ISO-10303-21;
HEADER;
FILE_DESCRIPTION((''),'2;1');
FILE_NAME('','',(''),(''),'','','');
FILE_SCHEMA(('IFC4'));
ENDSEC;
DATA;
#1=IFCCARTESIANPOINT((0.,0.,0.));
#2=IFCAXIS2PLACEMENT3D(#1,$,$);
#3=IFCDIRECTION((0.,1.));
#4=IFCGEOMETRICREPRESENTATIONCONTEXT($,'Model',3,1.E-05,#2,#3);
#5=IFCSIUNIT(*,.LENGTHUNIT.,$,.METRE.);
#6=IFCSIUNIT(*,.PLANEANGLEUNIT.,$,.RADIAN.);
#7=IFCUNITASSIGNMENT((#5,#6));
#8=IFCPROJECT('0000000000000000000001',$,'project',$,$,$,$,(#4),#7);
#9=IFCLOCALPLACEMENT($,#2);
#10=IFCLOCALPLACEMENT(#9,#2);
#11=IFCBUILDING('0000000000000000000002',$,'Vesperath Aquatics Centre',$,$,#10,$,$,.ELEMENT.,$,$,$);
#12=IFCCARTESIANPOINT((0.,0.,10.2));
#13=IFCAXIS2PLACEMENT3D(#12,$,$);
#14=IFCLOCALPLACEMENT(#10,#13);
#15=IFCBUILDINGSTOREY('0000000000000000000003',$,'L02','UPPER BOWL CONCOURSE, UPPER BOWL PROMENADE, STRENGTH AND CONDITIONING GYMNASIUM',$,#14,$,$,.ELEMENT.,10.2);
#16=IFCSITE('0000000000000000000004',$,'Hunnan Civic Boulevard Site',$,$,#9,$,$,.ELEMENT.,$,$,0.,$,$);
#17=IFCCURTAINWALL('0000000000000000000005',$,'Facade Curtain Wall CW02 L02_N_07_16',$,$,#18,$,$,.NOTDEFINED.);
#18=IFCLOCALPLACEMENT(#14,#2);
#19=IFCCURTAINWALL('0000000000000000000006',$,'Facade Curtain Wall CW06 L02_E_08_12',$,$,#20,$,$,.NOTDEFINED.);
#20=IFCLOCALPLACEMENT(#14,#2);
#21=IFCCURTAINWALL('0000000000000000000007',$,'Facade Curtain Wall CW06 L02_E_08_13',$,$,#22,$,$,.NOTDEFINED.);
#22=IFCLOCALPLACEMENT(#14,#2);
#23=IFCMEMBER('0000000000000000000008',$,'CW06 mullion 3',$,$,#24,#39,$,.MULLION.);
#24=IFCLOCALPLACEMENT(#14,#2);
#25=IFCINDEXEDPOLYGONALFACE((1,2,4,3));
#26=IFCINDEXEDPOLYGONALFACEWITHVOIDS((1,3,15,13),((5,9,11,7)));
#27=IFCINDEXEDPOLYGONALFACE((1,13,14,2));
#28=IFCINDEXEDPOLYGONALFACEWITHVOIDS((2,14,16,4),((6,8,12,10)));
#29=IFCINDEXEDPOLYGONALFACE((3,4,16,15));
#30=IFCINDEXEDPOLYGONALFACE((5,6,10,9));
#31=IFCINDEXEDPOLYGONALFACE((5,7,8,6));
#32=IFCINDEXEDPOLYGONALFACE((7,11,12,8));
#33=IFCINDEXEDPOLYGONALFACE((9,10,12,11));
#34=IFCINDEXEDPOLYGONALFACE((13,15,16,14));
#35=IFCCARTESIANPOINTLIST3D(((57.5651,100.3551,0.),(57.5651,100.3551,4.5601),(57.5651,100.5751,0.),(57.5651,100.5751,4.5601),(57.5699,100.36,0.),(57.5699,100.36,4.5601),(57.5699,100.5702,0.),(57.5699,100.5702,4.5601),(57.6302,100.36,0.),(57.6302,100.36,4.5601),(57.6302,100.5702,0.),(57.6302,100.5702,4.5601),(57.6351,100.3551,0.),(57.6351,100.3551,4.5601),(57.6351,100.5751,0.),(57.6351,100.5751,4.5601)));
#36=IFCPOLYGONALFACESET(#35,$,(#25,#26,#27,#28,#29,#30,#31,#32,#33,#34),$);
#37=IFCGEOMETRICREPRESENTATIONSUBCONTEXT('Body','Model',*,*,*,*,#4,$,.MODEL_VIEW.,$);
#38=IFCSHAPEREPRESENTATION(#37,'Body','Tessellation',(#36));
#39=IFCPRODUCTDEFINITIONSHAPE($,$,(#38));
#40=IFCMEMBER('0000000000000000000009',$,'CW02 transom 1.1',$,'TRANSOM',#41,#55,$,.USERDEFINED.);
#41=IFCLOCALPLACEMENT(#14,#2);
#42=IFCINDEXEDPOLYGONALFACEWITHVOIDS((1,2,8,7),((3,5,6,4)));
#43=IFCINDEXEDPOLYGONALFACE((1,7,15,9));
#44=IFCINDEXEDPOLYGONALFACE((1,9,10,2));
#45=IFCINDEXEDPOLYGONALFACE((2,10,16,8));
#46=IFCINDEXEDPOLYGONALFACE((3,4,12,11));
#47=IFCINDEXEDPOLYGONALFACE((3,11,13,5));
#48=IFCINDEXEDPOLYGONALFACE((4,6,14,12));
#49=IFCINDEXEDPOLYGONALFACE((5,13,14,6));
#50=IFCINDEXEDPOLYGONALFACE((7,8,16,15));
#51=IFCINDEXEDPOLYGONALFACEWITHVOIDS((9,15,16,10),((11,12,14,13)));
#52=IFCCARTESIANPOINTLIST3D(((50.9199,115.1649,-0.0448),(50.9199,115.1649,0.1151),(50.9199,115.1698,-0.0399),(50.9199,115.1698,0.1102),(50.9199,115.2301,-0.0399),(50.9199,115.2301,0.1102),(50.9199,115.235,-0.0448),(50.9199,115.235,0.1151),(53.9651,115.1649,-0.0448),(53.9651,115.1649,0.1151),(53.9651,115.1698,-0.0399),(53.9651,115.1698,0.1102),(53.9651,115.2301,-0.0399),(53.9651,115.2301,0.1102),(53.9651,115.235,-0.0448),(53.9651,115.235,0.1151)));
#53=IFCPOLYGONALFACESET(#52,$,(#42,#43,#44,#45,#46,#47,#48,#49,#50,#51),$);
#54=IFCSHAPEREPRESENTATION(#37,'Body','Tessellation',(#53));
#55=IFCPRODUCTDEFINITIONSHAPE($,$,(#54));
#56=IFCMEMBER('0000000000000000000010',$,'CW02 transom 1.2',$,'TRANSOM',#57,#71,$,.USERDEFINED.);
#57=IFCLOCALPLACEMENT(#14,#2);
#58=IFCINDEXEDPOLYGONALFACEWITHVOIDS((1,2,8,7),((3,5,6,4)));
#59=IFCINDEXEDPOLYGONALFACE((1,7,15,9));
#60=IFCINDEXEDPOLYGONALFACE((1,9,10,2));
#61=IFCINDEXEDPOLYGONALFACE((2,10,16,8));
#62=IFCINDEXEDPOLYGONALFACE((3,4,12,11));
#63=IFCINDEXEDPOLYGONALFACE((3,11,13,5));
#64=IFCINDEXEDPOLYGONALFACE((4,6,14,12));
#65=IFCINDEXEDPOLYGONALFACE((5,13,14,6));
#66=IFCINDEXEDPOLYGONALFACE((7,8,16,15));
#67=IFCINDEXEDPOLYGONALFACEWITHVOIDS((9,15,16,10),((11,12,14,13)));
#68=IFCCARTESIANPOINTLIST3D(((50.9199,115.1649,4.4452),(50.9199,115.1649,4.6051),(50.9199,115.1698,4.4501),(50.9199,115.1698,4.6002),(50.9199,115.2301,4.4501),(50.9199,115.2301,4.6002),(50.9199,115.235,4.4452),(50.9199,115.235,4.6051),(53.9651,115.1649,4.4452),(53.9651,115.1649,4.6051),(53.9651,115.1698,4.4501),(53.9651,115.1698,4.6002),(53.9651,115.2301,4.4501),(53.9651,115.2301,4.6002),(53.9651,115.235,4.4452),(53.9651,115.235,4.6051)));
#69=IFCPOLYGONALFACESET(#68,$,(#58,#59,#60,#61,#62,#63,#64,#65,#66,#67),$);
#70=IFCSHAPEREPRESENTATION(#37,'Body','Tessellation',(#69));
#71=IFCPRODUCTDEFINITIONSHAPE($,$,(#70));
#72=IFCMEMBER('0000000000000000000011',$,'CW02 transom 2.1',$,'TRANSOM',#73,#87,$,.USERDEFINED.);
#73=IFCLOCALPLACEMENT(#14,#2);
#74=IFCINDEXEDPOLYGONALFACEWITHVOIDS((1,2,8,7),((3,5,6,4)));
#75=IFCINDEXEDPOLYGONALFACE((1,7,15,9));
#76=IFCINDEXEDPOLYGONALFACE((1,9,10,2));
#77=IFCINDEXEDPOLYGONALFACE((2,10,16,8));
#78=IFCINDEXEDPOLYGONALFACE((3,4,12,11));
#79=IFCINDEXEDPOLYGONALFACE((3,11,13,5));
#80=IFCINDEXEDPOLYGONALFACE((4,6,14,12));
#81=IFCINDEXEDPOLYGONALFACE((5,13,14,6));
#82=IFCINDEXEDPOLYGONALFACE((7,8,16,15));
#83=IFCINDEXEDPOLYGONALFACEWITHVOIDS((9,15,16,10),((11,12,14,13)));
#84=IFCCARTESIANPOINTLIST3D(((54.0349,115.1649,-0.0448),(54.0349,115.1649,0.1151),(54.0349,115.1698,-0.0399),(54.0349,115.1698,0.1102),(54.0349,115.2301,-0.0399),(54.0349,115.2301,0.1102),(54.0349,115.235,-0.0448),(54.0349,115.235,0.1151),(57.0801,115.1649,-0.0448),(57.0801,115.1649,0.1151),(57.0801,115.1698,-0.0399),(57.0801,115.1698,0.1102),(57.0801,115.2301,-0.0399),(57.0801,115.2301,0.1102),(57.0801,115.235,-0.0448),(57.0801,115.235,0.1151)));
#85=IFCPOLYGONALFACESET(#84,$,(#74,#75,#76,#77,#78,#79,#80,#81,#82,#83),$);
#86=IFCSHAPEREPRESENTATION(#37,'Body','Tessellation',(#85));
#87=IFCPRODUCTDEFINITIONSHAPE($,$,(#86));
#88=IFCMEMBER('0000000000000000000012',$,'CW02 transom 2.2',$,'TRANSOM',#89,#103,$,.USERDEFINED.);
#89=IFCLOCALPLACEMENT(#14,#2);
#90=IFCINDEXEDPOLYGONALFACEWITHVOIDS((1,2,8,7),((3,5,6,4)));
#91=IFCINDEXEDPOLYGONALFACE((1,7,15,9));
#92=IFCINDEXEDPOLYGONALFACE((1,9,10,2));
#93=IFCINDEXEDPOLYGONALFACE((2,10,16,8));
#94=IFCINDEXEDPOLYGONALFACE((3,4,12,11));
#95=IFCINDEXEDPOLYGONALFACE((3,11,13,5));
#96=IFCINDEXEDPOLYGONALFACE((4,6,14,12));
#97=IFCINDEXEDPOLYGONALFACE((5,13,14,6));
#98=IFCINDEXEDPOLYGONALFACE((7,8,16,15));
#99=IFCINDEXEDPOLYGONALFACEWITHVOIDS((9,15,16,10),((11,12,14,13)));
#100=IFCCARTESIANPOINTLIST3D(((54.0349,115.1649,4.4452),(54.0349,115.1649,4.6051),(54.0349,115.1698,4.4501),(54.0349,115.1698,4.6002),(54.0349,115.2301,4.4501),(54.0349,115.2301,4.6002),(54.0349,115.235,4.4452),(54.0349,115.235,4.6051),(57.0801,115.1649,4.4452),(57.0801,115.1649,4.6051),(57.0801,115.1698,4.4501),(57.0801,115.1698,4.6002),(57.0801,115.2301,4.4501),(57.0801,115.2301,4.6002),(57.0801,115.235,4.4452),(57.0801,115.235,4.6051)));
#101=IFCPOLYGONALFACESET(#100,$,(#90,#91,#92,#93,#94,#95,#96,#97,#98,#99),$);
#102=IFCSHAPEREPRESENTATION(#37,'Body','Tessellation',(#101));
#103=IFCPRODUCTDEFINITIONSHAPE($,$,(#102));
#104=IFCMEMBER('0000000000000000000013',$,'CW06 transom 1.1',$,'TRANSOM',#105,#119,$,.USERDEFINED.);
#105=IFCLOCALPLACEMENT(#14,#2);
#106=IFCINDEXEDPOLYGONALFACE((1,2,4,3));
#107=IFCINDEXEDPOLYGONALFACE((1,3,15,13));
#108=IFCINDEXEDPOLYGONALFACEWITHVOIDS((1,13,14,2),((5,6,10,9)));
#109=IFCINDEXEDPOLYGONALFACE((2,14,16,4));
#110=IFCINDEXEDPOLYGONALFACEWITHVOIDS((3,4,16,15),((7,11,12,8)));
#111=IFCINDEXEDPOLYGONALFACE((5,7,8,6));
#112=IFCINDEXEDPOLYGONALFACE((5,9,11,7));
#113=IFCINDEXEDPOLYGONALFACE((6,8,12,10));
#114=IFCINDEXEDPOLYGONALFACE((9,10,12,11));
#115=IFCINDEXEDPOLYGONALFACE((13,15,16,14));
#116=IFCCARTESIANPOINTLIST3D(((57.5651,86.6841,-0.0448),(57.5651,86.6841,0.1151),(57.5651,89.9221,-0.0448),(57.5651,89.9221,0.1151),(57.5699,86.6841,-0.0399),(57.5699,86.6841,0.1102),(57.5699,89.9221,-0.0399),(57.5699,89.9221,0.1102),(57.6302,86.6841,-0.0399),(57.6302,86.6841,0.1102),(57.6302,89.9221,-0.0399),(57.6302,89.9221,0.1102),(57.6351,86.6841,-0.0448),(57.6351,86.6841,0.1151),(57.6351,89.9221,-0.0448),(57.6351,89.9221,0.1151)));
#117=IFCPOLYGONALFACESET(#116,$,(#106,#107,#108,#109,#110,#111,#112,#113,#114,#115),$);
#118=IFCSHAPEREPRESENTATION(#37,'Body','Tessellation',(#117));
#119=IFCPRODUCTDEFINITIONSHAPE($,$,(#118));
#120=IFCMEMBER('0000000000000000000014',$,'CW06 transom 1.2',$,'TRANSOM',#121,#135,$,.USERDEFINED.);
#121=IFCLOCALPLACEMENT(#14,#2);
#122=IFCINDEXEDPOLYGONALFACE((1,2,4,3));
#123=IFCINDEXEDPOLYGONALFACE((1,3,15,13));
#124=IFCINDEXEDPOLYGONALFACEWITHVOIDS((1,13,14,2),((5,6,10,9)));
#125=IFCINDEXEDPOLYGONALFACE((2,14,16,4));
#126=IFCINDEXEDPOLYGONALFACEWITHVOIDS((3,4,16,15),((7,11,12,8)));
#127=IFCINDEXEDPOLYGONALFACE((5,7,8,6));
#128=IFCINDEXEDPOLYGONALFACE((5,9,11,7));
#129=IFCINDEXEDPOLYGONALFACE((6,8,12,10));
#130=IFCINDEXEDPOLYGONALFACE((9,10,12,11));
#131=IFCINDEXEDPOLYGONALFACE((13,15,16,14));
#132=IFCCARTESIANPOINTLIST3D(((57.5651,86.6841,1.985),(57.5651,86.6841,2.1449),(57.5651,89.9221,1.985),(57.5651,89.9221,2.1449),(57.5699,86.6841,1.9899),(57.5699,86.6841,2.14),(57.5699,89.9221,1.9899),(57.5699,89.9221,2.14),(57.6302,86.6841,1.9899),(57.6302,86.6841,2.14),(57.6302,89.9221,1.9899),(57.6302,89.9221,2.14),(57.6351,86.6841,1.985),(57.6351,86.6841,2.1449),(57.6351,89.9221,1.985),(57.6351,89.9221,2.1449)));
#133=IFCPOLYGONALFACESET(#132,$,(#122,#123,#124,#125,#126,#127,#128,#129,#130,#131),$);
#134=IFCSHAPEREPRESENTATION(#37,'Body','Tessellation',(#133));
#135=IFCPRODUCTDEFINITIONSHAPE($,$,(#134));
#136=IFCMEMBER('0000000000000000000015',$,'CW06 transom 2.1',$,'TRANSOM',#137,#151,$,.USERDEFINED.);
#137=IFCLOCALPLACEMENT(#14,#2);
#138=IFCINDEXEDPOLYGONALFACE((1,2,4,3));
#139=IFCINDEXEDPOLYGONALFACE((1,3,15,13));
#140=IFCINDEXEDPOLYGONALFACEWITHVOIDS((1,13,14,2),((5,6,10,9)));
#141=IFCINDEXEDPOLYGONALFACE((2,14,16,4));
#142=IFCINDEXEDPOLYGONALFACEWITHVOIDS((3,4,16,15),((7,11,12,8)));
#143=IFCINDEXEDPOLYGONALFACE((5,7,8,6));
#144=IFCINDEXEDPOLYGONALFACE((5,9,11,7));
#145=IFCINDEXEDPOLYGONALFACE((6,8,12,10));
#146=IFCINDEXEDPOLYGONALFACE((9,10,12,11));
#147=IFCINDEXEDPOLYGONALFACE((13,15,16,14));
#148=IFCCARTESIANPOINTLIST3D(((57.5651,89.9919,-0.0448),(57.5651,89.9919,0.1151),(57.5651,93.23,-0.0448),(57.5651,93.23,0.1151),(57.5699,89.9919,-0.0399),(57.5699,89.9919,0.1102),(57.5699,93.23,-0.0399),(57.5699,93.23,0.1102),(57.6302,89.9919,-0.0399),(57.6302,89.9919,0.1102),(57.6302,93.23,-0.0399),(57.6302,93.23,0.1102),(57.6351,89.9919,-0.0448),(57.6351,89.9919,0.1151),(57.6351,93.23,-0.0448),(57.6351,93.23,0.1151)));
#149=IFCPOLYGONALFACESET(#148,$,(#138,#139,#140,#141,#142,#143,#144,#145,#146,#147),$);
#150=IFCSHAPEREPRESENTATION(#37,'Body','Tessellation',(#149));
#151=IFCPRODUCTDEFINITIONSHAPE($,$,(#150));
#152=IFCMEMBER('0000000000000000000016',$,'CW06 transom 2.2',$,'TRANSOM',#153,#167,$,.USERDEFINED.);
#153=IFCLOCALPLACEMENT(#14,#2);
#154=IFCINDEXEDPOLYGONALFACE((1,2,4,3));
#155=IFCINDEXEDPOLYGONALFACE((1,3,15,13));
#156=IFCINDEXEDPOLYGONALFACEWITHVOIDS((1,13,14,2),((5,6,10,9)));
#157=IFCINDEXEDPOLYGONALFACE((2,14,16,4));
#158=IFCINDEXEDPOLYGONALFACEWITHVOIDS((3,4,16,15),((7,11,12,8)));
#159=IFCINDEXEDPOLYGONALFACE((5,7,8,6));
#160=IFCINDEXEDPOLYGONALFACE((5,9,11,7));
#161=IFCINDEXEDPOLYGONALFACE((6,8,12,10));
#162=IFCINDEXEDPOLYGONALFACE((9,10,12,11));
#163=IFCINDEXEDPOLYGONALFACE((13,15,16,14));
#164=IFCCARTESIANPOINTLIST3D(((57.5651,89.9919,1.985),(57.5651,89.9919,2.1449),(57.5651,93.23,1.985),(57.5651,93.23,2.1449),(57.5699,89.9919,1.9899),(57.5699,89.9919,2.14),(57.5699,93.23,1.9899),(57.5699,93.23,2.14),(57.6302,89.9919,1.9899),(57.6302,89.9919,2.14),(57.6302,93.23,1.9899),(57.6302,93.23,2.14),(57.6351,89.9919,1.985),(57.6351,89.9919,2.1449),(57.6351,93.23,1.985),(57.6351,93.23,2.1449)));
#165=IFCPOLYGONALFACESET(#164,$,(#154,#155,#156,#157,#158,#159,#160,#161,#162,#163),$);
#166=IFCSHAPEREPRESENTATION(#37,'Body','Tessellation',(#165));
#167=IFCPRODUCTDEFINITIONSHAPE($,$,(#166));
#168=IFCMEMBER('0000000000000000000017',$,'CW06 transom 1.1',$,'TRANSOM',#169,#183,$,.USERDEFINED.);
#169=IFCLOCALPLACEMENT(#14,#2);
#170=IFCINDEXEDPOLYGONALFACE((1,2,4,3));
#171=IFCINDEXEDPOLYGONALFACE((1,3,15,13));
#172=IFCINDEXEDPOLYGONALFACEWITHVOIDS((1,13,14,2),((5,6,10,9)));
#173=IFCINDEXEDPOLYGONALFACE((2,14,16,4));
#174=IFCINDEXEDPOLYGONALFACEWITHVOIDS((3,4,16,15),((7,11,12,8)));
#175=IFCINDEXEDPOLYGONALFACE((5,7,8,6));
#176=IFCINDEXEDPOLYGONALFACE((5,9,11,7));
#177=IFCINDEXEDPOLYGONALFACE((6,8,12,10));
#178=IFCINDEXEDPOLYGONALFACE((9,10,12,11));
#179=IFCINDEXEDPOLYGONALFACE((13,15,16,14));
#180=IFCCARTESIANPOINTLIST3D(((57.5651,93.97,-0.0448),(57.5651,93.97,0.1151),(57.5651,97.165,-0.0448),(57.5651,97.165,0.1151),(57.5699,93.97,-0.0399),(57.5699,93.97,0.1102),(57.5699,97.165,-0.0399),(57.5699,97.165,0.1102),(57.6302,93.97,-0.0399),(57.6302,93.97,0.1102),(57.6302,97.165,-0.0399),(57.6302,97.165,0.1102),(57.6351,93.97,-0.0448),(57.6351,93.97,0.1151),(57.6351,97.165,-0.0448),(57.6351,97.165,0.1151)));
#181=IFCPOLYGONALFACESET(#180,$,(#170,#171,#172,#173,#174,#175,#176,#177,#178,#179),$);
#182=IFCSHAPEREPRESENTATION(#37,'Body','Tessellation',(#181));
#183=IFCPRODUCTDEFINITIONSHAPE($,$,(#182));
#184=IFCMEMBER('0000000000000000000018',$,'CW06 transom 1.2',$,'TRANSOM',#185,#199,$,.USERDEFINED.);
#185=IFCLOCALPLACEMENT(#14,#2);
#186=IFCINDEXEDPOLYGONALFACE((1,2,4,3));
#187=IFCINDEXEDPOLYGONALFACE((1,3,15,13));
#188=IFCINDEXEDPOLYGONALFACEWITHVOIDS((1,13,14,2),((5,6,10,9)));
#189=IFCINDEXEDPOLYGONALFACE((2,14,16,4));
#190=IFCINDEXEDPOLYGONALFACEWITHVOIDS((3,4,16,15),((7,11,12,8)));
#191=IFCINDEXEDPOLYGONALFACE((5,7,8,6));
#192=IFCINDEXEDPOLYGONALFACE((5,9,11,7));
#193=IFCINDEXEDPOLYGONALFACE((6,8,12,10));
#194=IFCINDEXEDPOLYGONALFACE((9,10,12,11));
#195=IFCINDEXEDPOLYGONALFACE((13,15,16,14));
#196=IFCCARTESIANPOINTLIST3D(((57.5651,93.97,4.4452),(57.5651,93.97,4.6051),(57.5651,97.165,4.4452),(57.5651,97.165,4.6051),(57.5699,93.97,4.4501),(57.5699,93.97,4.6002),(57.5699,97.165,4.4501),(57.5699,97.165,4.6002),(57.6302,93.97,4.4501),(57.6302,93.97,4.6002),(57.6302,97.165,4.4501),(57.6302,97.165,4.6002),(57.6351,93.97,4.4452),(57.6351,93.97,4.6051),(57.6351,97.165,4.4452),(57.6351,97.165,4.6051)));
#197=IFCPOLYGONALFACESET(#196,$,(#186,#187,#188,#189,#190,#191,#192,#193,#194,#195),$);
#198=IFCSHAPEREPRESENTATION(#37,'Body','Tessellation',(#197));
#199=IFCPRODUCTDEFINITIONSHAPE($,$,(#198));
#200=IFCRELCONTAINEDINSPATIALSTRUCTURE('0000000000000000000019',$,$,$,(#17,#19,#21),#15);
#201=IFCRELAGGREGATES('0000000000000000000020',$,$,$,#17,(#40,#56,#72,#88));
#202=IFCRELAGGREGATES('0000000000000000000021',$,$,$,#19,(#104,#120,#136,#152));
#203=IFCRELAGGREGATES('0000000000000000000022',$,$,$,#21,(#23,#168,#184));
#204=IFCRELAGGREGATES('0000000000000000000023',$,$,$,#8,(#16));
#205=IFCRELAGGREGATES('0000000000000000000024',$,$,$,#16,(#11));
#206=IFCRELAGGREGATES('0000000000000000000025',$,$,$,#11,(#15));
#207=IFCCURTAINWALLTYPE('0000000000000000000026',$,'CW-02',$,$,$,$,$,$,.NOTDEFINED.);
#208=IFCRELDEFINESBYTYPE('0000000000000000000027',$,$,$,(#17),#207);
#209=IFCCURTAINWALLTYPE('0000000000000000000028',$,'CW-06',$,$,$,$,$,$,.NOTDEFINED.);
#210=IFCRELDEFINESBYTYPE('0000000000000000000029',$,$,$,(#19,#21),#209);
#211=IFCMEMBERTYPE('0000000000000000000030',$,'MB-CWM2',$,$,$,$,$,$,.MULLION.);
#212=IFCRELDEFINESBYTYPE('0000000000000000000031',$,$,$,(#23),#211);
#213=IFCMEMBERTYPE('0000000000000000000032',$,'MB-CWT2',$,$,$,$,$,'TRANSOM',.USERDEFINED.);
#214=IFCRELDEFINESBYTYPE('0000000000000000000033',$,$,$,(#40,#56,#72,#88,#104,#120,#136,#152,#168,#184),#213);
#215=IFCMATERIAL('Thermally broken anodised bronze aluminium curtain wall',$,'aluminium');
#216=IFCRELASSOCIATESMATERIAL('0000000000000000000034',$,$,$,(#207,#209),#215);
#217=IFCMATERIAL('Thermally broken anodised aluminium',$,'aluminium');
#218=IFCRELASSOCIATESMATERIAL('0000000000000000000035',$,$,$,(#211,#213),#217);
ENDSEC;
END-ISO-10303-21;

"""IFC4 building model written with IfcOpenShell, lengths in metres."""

from ifc_helpers import new_model, si_unit, direction, frame, origin, origin_2d, place, context, subcontext, project, spatial, hollow_rectangle, extrude, material, material_profile, profile_set, type_object, element, aggregate, save


model = new_model("IFC4")

# Units and contexts
model_context = context("Model", 3, precision=1e-05, world=origin(), true_north=direction((0.0, 1.0)))
body_context = subcontext(model_context, "Body", "Model", "MODEL_VIEW")
ifc_project = project(units=[si_unit("LENGTHUNIT", "METRE"), si_unit("PLANEANGLEUNIT", "RADIAN")], contexts=[model_context])

# Site, building, storey
site_placement = place(None, origin())
site = spatial("IfcSite", under=ifc_project, at=site_placement, Name="Hunnan Civic Boulevard Site", CompositionType="ELEMENT", RefElevation=0.0)
building_placement = place(site_placement, origin())
building = spatial("IfcBuilding", under=site, at=building_placement, Name="Vesperath Aquatics Centre", CompositionType="ELEMENT")
storey_placement = place(building_placement, frame((0.0, 0.0, 10.2)))
storey = spatial("IfcBuildingStorey", under=building, at=storey_placement, Name="L02", Description="UPPER BOWL CONCOURSE, UPPER BOWL PROMENADE, STRENGTH AND CONDITIONING GYMNASIUM", CompositionType="ELEMENT", Elevation=10.2)

# Shared definitions
ifc_material_1 = material(Name="Thermally broken anodised bronze aluminium curtain wall", Category="aluminium")
curtain_wall_type_1 = type_object("IfcCurtainWallType", Name="CW-02", PredefinedType="NOTDEFINED", material=ifc_material_1)
ifc_material_2 = material(Name="Thermally broken anodised aluminium", Category="aluminium")
ifc_material_profile_1 = material_profile(ifc_material_2, hollow_rectangle(XDim=0.0701, YDim=0.22, WallThickness=0.0049, at=origin_2d()), Name="CWM 70x220x5")
ifc_profile_set_1 = profile_set([ifc_material_profile_1], Name="Thermally broken anodised aluminium")
member_type_1 = type_object("IfcMemberType", Name="MB-CWM2", PredefinedType="MULLION", material=ifc_profile_set_1)

# Curtain walls, member
curtain_wall_1_placement = place(storey_placement, origin())
curtain_wall_1 = element("IfcCurtainWall", 1, at=curtain_wall_1_placement, inside=storey, type_object=curtain_wall_type_1, Name="Facade Curtain Wall CW02 L02_N_07_16", PredefinedType="NOTDEFINED")
curtain_wall_type_2 = type_object("IfcCurtainWallType", Name="CW-06", PredefinedType="NOTDEFINED", material=ifc_material_1)
curtain_wall_2_placement = place(storey_placement, origin())
curtain_wall_2 = element("IfcCurtainWall", 2, at=curtain_wall_2_placement, inside=storey, type_object=curtain_wall_type_2, Name="Facade Curtain Wall CW06 L02_E_08_12", PredefinedType="NOTDEFINED")
curtain_wall_3_placement = place(storey_placement, origin())
curtain_wall_3 = element("IfcCurtainWall", 3, at=curtain_wall_3_placement, inside=storey, type_object=curtain_wall_type_2, Name="Facade Curtain Wall CW06 L02_E_08_13", PredefinedType="NOTDEFINED")
member_1_placement = place(storey_placement, frame((57.6001, 100.4651, 0.0), z_axis=(0.0, 0.0, 1.0), x_axis=(-1.0, 0.0, 0.0)))
member_1 = element("IfcMember", 4, at=member_1_placement, type_object=member_type_1, Name="CW06 mullion 3", PredefinedType="MULLION", context=body_context, shape_type="SweptSolid", body=[
    extrude(hollow_rectangle(XDim=0.0701, YDim=0.22, WallThickness=0.0049, at=origin_2d()), origin(), (0.0, 0.0, 1.0), 4.5601),
])

# Members
ifc_material_profile_2 = material_profile(ifc_material_2, hollow_rectangle(XDim=0.0701, YDim=0.1599, WallThickness=0.0049, at=origin_2d()), Name="CWT 70x160x5")
ifc_profile_set_2 = profile_set([ifc_material_profile_2], Name="Thermally broken anodised aluminium")
member_type_2 = type_object("IfcMemberType", Name="MB-CWT2", ElementType="TRANSOM", PredefinedType="USERDEFINED", material=ifc_profile_set_2)
member_2_placement = place(storey_placement, frame((50.9199, 115.2, 0.0352), z_axis=(1.0, 0.0, 0.0), x_axis=(0.0, 1.0, 0.0)))
member_2 = element("IfcMember", 5, at=member_2_placement, type_object=member_type_2, Name="CW02 transom 1.1", ObjectType="TRANSOM", PredefinedType="USERDEFINED", context=body_context, shape_type="SweptSolid", body=[
    extrude(hollow_rectangle(XDim=0.0701, YDim=0.1599, WallThickness=0.0049, at=origin_2d()), origin(), (0.0, 0.0, 1.0), 3.0452),
])
member_3_placement = place(storey_placement, frame((50.9199, 115.2, 4.5251), z_axis=(1.0, 0.0, 0.0), x_axis=(0.0, 1.0, 0.0)))
member_3 = element("IfcMember", 6, at=member_3_placement, type_object=member_type_2, Name="CW02 transom 1.2", ObjectType="TRANSOM", PredefinedType="USERDEFINED", context=body_context, shape_type="SweptSolid", body=[
    extrude(hollow_rectangle(XDim=0.0701, YDim=0.1599, WallThickness=0.0049, at=origin_2d()), origin(), (0.0, 0.0, 1.0), 3.0452),
])
member_4_placement = place(storey_placement, frame((54.0349, 115.2, 0.0352), z_axis=(1.0, 0.0, 0.0), x_axis=(0.0, 1.0, 0.0)))
member_4 = element("IfcMember", 7, at=member_4_placement, type_object=member_type_2, Name="CW02 transom 2.1", ObjectType="TRANSOM", PredefinedType="USERDEFINED", context=body_context, shape_type="SweptSolid", body=[
    extrude(hollow_rectangle(XDim=0.0701, YDim=0.1599, WallThickness=0.0049, at=origin_2d()), origin(), (0.0, 0.0, 1.0), 3.0452),
])
member_5_placement = place(storey_placement, frame((54.0349, 115.2, 4.5251), z_axis=(1.0, 0.0, 0.0), x_axis=(0.0, 1.0, 0.0)))
member_5 = element("IfcMember", 8, at=member_5_placement, type_object=member_type_2, Name="CW02 transom 2.2", ObjectType="TRANSOM", PredefinedType="USERDEFINED", context=body_context, shape_type="SweptSolid", body=[
    extrude(hollow_rectangle(XDim=0.0701, YDim=0.1599, WallThickness=0.0049, at=origin_2d()), origin(), (0.0, 0.0, 1.0), 3.0452),
])
member_6_placement = place(storey_placement, frame((57.6001, 86.6841, 0.0352), z_axis=(0.0, 1.0, 0.0), x_axis=(-1.0, 0.0, 0.0)))
member_6 = element("IfcMember", 9, at=member_6_placement, type_object=member_type_2, Name="CW06 transom 1.1", ObjectType="TRANSOM", PredefinedType="USERDEFINED", context=body_context, shape_type="SweptSolid", body=[
    extrude(hollow_rectangle(XDim=0.0701, YDim=0.1599, WallThickness=0.0049, at=origin_2d()), origin(), (0.0, 0.0, 1.0), 3.238),
])
member_7_placement = place(storey_placement, frame((57.6001, 86.6841, 2.0649), z_axis=(0.0, 1.0, 0.0), x_axis=(-1.0, 0.0, 0.0)))
member_7 = element("IfcMember", 10, at=member_7_placement, type_object=member_type_2, Name="CW06 transom 1.2", ObjectType="TRANSOM", PredefinedType="USERDEFINED", context=body_context, shape_type="SweptSolid", body=[
    extrude(hollow_rectangle(XDim=0.0701, YDim=0.1599, WallThickness=0.0049, at=origin_2d()), origin(), (0.0, 0.0, 1.0), 3.238),
])
member_8_placement = place(storey_placement, frame((57.6001, 89.9919, 0.0352), z_axis=(0.0, 1.0, 0.0), x_axis=(-1.0, 0.0, 0.0)))
member_8 = element("IfcMember", 11, at=member_8_placement, type_object=member_type_2, Name="CW06 transom 2.1", ObjectType="TRANSOM", PredefinedType="USERDEFINED", context=body_context, shape_type="SweptSolid", body=[
    extrude(hollow_rectangle(XDim=0.0701, YDim=0.1599, WallThickness=0.0049, at=origin_2d()), origin(), (0.0, 0.0, 1.0), 3.238),
])
member_9_placement = place(storey_placement, frame((57.6001, 89.9919, 2.0649), z_axis=(0.0, 1.0, 0.0), x_axis=(-1.0, 0.0, 0.0)))
member_9 = element("IfcMember", 12, at=member_9_placement, type_object=member_type_2, Name="CW06 transom 2.2", ObjectType="TRANSOM", PredefinedType="USERDEFINED", context=body_context, shape_type="SweptSolid", body=[
    extrude(hollow_rectangle(XDim=0.0701, YDim=0.1599, WallThickness=0.0049, at=origin_2d()), origin(), (0.0, 0.0, 1.0), 3.238),
])
member_10_placement = place(storey_placement, frame((57.6001, 93.97, 0.0352), z_axis=(0.0, 1.0, 0.0), x_axis=(-1.0, 0.0, 0.0)))
member_10 = element("IfcMember", 13, at=member_10_placement, type_object=member_type_2, Name="CW06 transom 1.1", ObjectType="TRANSOM", PredefinedType="USERDEFINED", context=body_context, shape_type="SweptSolid", body=[
    extrude(hollow_rectangle(XDim=0.0701, YDim=0.1599, WallThickness=0.0049, at=origin_2d()), origin(), (0.0, 0.0, 1.0), 3.1951),
])
member_11_placement = place(storey_placement, frame((57.6001, 93.97, 4.5251), z_axis=(0.0, 1.0, 0.0), x_axis=(-1.0, 0.0, 0.0)))
member_11 = element("IfcMember", 14, at=member_11_placement, type_object=member_type_2, Name="CW06 transom 1.2", ObjectType="TRANSOM", PredefinedType="USERDEFINED", context=body_context, shape_type="SweptSolid", body=[
    extrude(hollow_rectangle(XDim=0.0701, YDim=0.1599, WallThickness=0.0049, at=origin_2d()), origin(), (0.0, 0.0, 1.0), 3.1951),
])

aggregate(curtain_wall_1, [member_2, member_3, member_4, member_5])
aggregate(curtain_wall_2, [member_6, member_7, member_8, member_9])
aggregate(curtain_wall_3, [member_1, member_10, member_11])

save(model, "model.ifc")
